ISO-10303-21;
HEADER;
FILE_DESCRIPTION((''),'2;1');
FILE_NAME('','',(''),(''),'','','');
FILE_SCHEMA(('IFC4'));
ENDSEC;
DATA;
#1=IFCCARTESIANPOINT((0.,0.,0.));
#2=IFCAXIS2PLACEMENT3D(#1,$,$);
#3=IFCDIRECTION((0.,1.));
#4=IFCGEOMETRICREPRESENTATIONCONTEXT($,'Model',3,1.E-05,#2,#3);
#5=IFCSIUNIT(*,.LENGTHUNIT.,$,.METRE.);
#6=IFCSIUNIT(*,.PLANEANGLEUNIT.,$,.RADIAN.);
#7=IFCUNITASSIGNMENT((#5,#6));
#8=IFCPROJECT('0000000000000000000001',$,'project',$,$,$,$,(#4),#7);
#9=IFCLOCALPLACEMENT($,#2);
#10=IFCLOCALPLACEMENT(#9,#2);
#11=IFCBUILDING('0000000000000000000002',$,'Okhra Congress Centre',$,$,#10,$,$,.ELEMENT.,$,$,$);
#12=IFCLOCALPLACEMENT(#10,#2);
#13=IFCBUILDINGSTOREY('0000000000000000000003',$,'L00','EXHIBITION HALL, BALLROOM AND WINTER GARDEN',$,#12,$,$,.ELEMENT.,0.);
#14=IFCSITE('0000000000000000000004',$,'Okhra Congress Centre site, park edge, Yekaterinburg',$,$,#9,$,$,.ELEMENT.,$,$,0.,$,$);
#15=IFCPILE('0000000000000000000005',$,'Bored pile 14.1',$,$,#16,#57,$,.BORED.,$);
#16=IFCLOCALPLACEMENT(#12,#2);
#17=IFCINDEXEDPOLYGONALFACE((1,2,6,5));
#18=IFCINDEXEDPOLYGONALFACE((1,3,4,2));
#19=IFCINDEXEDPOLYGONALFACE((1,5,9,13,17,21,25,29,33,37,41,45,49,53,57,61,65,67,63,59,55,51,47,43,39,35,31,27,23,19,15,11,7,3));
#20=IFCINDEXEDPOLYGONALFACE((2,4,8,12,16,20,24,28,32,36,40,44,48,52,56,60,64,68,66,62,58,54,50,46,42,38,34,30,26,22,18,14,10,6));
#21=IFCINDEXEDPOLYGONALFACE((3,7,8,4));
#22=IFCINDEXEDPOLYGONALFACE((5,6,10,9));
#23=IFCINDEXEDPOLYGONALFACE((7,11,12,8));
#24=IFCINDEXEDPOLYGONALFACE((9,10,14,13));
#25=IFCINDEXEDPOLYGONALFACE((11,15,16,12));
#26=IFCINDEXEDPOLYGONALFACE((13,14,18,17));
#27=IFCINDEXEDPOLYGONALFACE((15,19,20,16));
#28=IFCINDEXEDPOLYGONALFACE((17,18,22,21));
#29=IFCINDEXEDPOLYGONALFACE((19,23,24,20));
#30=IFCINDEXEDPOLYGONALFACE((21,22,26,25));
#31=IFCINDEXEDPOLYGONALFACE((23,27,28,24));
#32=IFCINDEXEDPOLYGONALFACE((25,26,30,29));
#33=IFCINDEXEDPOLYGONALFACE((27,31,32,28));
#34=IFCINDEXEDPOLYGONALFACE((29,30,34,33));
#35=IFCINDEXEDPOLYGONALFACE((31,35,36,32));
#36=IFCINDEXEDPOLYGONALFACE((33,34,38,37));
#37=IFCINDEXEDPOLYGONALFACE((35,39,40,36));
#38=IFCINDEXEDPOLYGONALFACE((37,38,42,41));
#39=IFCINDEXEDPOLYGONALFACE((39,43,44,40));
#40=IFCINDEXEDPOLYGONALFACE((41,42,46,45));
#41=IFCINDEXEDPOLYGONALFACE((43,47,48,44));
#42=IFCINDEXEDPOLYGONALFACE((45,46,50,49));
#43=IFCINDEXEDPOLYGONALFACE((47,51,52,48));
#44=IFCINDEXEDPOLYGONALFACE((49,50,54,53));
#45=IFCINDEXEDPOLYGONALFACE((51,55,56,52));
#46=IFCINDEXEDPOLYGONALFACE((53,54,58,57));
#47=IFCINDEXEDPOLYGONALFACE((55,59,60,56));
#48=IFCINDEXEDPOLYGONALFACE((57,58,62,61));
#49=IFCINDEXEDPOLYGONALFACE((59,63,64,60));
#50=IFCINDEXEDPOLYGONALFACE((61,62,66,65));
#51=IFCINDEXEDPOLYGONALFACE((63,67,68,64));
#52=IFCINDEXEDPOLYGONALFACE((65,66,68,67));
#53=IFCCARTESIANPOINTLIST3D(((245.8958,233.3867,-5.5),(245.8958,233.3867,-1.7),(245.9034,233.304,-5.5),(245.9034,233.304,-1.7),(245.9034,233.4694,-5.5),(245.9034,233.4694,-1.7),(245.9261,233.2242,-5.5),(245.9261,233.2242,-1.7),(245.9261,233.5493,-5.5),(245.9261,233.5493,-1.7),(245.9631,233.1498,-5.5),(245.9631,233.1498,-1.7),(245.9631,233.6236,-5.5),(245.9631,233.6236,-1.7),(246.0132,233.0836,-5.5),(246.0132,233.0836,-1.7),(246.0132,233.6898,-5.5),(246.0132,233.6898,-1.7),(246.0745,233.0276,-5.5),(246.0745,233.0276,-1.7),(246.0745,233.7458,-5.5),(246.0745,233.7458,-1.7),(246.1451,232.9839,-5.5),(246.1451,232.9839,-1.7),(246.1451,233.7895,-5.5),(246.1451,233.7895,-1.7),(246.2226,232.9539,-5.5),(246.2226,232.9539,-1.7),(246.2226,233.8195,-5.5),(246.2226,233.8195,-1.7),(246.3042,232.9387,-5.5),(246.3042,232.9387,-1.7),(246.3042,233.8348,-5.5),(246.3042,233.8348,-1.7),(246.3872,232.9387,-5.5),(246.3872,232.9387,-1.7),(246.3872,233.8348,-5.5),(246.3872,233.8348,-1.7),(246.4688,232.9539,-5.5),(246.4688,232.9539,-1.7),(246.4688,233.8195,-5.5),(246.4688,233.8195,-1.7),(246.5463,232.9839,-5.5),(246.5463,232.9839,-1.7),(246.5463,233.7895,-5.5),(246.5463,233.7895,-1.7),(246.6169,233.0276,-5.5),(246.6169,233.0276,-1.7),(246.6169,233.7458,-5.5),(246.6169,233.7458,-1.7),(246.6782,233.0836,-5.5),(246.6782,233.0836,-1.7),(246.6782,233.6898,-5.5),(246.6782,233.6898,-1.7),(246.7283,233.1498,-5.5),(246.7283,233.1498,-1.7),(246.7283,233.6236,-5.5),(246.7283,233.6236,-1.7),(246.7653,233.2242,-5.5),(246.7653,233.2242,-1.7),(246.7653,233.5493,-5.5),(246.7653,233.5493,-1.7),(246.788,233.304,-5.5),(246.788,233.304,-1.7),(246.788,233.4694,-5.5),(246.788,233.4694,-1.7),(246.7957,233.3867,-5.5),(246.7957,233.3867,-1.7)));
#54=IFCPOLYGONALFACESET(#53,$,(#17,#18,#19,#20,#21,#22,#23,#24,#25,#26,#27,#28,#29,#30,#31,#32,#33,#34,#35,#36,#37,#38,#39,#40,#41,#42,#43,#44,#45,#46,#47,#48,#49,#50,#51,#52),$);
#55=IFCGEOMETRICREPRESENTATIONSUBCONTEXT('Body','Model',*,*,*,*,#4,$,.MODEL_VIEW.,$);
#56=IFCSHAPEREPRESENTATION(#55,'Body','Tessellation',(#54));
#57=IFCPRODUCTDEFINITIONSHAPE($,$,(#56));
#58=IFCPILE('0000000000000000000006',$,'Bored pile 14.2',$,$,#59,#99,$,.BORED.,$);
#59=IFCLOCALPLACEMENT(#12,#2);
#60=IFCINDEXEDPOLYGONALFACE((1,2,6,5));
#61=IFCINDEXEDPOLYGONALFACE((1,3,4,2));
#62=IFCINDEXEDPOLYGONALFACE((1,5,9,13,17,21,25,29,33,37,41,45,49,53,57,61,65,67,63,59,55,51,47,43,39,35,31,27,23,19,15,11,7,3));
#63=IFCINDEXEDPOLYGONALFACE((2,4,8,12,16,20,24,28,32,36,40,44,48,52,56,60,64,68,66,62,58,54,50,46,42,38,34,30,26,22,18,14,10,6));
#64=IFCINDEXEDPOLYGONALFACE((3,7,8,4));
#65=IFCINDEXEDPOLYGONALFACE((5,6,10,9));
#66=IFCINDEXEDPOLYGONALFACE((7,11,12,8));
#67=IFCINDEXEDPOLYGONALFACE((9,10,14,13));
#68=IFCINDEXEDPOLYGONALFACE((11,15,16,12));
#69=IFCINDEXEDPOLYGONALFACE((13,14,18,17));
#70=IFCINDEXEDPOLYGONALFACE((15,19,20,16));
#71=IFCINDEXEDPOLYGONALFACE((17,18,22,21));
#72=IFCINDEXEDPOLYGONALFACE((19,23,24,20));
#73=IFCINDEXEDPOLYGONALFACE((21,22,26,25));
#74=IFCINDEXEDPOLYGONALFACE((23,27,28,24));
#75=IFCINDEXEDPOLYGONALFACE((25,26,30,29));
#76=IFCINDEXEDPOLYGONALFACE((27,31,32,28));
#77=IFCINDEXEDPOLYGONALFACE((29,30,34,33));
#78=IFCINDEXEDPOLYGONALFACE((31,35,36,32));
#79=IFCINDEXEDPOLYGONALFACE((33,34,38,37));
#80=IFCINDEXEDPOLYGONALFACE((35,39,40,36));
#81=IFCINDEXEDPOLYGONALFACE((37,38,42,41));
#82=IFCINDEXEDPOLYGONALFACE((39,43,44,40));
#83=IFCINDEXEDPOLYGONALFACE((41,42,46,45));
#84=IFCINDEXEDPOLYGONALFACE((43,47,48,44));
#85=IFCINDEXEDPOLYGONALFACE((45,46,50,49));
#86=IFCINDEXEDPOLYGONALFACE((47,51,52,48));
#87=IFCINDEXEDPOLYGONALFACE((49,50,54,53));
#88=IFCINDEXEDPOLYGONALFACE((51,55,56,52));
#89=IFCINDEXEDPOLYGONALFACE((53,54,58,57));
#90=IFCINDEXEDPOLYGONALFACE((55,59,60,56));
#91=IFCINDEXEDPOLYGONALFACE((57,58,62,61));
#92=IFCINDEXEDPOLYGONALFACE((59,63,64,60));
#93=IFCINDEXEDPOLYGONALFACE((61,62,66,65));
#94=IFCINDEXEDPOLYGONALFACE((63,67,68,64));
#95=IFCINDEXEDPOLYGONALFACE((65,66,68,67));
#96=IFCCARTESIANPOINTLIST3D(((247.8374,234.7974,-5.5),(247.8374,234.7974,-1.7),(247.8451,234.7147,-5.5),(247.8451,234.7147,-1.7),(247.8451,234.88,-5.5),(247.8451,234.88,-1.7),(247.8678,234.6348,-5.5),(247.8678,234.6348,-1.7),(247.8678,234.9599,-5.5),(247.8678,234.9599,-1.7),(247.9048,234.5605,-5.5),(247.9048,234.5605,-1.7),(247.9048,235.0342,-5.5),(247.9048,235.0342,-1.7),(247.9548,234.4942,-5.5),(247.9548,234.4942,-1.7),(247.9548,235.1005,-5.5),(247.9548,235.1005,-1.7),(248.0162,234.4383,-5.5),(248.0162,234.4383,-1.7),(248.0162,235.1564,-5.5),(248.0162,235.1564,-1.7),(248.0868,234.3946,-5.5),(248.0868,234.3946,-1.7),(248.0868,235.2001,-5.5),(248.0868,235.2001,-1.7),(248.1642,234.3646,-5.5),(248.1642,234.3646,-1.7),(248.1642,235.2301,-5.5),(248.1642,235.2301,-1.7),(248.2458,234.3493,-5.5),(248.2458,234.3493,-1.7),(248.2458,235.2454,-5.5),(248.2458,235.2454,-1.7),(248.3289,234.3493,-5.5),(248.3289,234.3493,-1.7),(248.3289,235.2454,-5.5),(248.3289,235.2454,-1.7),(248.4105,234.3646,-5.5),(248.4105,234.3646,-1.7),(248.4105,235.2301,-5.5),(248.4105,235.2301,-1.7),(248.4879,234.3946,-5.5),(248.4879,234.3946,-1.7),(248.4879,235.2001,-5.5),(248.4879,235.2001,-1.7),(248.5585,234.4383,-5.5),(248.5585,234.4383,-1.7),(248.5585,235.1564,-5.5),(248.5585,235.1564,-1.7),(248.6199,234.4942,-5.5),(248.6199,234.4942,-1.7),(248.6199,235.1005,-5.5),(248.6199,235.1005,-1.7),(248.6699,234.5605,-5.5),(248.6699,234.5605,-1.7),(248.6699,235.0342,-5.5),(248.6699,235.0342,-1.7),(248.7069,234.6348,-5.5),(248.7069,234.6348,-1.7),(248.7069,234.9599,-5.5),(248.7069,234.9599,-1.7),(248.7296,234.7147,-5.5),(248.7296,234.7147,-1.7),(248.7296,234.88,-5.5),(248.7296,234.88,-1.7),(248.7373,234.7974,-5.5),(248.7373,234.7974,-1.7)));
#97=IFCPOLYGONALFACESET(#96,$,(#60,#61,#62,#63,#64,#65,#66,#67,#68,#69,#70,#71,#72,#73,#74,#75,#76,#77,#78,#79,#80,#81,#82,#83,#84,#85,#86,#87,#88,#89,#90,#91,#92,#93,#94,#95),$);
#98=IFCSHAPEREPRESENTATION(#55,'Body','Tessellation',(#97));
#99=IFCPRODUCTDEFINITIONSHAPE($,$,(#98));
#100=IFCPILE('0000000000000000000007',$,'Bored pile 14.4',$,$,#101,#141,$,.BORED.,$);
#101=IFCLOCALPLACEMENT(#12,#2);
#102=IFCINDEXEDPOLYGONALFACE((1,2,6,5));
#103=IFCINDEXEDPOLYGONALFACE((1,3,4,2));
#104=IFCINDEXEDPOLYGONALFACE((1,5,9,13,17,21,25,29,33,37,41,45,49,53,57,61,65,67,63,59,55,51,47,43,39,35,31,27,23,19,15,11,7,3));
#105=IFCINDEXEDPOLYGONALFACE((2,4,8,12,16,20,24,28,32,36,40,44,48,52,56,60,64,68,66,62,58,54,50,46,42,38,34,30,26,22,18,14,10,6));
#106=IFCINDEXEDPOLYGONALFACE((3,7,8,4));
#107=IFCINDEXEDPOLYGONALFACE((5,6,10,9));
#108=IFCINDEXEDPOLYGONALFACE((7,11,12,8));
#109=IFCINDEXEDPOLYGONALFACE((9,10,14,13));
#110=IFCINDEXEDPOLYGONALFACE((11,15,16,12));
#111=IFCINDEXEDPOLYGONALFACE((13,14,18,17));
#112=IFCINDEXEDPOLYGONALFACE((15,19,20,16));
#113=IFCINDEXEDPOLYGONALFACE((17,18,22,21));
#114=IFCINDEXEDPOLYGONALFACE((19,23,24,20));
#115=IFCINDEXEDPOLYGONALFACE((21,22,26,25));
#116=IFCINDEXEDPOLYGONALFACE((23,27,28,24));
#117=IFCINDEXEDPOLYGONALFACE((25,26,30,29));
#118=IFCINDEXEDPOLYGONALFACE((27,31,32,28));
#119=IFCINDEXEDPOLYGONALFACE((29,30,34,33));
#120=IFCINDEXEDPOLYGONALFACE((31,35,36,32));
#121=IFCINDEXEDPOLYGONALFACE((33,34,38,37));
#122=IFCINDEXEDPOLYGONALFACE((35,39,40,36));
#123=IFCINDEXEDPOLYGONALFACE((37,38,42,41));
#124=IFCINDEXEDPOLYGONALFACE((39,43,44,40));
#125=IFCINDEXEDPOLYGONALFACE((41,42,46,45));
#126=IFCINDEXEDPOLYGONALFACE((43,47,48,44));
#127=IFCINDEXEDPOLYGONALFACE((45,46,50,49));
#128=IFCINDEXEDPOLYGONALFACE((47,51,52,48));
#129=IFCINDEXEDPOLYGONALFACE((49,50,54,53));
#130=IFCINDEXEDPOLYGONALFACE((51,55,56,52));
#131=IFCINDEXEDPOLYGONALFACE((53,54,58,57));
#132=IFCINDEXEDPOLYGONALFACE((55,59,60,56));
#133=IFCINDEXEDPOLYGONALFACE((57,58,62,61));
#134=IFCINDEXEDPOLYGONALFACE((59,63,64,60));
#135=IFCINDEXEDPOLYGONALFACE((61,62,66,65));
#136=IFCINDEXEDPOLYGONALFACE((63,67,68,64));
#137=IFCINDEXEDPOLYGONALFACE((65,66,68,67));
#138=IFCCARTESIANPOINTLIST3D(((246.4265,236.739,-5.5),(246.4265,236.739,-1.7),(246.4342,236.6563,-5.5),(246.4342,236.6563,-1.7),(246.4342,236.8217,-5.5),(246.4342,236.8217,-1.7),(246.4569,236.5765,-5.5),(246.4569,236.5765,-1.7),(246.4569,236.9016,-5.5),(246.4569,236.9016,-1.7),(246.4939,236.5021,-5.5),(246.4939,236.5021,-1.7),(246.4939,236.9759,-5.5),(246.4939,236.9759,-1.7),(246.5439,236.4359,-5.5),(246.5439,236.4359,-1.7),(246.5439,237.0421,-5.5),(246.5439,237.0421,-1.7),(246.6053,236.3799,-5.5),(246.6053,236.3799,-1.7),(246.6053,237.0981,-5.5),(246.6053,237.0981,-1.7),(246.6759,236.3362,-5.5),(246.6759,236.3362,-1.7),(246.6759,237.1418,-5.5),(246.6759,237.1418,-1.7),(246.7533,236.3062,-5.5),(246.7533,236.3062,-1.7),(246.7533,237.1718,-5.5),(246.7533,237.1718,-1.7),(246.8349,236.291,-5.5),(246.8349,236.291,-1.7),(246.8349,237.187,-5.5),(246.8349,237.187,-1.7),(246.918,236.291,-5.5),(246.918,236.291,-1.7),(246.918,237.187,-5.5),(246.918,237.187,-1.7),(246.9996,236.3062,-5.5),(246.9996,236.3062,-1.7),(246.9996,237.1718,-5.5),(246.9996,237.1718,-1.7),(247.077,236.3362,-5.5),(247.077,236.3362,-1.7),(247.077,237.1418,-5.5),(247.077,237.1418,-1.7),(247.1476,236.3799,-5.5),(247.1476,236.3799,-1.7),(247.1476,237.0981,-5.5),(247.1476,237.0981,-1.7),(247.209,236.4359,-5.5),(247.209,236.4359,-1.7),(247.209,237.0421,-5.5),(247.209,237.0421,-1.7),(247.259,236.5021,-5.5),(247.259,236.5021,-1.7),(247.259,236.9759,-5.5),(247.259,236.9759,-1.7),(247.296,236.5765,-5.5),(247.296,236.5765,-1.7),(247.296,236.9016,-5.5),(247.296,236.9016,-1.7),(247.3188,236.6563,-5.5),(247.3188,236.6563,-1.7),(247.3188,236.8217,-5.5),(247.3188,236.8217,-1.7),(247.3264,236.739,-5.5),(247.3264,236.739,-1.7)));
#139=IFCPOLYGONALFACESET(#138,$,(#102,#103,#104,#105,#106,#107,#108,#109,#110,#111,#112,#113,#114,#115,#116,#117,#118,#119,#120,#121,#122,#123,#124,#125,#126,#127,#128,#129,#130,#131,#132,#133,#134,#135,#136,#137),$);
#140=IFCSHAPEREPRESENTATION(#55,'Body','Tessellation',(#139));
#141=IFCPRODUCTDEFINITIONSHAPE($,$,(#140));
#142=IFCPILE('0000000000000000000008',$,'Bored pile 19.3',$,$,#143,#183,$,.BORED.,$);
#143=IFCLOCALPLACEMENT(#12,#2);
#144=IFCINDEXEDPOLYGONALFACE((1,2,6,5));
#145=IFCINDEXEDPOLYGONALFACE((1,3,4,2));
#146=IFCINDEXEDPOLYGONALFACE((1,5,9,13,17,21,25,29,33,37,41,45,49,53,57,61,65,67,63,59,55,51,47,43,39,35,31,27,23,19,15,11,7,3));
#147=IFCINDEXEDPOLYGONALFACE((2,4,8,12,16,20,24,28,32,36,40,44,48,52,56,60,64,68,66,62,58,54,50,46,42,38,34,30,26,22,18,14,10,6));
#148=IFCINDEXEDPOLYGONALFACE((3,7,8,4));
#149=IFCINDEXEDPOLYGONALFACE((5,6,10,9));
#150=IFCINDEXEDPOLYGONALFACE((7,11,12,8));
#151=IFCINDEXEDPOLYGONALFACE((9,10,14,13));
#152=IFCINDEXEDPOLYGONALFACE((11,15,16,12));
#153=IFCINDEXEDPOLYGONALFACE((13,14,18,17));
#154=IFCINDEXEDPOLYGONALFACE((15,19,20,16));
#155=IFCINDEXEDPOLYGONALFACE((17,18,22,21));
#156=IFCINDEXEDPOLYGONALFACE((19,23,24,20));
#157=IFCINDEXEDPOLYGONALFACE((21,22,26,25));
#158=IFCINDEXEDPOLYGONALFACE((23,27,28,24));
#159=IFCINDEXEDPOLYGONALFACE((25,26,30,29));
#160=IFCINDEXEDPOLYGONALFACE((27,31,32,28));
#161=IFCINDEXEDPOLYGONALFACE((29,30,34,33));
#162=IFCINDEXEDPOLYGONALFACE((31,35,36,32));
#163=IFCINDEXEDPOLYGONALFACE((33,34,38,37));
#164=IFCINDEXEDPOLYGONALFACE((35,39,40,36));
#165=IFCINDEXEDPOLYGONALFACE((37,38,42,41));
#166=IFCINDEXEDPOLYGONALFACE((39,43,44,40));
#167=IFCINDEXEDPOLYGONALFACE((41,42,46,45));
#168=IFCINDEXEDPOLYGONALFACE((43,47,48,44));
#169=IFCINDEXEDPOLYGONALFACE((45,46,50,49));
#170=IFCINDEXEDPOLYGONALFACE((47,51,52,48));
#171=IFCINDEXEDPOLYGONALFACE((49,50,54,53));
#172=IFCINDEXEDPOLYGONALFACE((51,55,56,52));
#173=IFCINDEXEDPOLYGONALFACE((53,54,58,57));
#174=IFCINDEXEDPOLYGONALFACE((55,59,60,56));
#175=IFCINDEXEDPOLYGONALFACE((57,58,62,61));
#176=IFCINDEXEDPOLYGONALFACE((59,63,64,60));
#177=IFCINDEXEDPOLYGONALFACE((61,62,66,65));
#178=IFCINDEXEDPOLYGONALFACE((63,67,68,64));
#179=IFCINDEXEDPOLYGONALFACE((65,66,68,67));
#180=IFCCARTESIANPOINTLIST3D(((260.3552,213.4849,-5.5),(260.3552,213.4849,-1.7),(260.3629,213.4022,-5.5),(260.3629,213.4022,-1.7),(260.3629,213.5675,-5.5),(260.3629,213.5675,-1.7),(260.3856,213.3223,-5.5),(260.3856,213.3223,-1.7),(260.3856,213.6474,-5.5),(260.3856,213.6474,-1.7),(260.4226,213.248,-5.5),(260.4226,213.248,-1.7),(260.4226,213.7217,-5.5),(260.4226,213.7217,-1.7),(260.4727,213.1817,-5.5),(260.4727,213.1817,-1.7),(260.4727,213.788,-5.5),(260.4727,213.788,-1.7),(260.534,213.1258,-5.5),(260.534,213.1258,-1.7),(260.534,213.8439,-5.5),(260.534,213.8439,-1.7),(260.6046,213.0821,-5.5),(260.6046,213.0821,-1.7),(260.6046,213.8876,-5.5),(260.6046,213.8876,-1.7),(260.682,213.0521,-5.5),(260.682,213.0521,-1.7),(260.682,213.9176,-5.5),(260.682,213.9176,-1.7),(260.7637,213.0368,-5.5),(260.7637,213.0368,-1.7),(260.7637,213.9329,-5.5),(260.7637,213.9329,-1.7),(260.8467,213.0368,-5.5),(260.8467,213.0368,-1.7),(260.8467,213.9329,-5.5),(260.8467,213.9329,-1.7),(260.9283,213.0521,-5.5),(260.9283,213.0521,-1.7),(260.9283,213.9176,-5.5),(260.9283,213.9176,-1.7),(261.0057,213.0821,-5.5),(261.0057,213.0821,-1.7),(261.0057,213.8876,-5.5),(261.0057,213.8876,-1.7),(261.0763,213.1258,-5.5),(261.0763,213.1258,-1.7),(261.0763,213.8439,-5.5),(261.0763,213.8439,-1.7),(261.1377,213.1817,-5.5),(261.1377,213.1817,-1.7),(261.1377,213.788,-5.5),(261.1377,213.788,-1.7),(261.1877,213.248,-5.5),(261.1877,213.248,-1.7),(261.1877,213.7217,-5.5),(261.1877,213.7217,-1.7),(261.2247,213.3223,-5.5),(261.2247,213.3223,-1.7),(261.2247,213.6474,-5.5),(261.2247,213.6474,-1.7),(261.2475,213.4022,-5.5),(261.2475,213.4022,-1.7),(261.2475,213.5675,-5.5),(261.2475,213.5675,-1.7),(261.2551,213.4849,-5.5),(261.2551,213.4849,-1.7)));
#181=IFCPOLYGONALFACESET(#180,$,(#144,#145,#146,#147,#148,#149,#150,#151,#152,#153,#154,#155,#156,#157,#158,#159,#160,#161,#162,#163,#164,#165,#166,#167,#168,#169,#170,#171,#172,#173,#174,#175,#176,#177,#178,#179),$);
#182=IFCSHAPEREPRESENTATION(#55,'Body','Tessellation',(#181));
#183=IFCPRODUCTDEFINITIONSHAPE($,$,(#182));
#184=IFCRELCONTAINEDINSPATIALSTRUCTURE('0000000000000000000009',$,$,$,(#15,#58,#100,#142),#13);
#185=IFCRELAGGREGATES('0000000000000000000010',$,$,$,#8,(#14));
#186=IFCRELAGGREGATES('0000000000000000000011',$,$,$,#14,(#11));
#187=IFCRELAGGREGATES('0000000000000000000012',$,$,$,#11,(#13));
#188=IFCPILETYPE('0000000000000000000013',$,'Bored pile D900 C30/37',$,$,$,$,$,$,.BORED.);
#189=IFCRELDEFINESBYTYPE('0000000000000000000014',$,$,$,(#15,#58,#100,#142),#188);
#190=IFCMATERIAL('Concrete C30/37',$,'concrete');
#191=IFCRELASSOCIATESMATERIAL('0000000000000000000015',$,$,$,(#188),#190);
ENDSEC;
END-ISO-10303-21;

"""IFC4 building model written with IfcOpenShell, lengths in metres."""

from ifc_helpers import new_model, si_unit, direction, frame, origin, origin_2d, place, context, subcontext, project, spatial, circle, extrude, material, material_profile, profile_set, type_object, element, save


model = new_model("IFC4")

# Units and contexts
model_context = context("Model", 3, precision=1e-05, world=origin(), true_north=direction((0.0, 1.0)))
body_context = subcontext(model_context, "Body", "Model", "MODEL_VIEW")
ifc_project = project(units=[si_unit("LENGTHUNIT", "METRE"), si_unit("PLANEANGLEUNIT", "RADIAN")], contexts=[model_context])

# Site, building, storey
site_placement = place(None, origin())
site = spatial("IfcSite", under=ifc_project, at=site_placement, Name="Okhra Congress Centre site, park edge, Yekaterinburg", CompositionType="ELEMENT", RefElevation=0.0)
building_placement = place(site_placement, origin())
building = spatial("IfcBuilding", under=site, at=building_placement, Name="Okhra Congress Centre", CompositionType="ELEMENT")
storey_placement = place(building_placement, origin())
storey = spatial("IfcBuildingStorey", under=building, at=storey_placement, Name="L00", Description="EXHIBITION HALL, BALLROOM AND WINTER GARDEN", CompositionType="ELEMENT", Elevation=0.0)

# Piles
ifc_material_1 = material(Name="Concrete C30/37", Category="concrete")
ifc_material_profile = material_profile(ifc_material_1, circle(Radius=0.45, at=origin_2d()), Name="D900")
ifc_profile_set = profile_set([ifc_material_profile], Name="Concrete C30/37")
pile_type = type_object("IfcPileType", Name="Bored pile D900 C30/37", PredefinedType="BORED", material=ifc_profile_set)
for number, where, z_axis, x_axis, name in (
    (1, (246.3457, 233.3867, -1.7), (0.0, 0.0, -1.0), (1.0, 0.0, 0.0), "Bored pile 14.1"),
    (2, (248.2874, 234.7974, -1.7), (0.0, 0.0, -1.0), (1.0, 0.0, 0.0), "Bored pile 14.2"),
    (3, (246.8765, 236.739, -1.7), (0.0, 0.0, -1.0), (1.0, 0.0, 0.0), "Bored pile 14.4"),
    (4, (260.8052, 213.4849, -1.7), (0.0, 0.0, -1.0), (1.0, 0.0, 0.0), "Bored pile 19.3"),
):
    element("IfcPile", number, at=place(storey_placement, frame(where, z_axis=z_axis, x_axis=x_axis)), inside=storey, type_object=pile_type, Name=name, PredefinedType="BORED", context=body_context, shape_type="SweptSolid", body=[
        extrude(circle(Radius=0.45, at=origin_2d()), origin(), (0.0, 0.0, 1.0), 3.8),
    ])

save(model, "model.ifc")
